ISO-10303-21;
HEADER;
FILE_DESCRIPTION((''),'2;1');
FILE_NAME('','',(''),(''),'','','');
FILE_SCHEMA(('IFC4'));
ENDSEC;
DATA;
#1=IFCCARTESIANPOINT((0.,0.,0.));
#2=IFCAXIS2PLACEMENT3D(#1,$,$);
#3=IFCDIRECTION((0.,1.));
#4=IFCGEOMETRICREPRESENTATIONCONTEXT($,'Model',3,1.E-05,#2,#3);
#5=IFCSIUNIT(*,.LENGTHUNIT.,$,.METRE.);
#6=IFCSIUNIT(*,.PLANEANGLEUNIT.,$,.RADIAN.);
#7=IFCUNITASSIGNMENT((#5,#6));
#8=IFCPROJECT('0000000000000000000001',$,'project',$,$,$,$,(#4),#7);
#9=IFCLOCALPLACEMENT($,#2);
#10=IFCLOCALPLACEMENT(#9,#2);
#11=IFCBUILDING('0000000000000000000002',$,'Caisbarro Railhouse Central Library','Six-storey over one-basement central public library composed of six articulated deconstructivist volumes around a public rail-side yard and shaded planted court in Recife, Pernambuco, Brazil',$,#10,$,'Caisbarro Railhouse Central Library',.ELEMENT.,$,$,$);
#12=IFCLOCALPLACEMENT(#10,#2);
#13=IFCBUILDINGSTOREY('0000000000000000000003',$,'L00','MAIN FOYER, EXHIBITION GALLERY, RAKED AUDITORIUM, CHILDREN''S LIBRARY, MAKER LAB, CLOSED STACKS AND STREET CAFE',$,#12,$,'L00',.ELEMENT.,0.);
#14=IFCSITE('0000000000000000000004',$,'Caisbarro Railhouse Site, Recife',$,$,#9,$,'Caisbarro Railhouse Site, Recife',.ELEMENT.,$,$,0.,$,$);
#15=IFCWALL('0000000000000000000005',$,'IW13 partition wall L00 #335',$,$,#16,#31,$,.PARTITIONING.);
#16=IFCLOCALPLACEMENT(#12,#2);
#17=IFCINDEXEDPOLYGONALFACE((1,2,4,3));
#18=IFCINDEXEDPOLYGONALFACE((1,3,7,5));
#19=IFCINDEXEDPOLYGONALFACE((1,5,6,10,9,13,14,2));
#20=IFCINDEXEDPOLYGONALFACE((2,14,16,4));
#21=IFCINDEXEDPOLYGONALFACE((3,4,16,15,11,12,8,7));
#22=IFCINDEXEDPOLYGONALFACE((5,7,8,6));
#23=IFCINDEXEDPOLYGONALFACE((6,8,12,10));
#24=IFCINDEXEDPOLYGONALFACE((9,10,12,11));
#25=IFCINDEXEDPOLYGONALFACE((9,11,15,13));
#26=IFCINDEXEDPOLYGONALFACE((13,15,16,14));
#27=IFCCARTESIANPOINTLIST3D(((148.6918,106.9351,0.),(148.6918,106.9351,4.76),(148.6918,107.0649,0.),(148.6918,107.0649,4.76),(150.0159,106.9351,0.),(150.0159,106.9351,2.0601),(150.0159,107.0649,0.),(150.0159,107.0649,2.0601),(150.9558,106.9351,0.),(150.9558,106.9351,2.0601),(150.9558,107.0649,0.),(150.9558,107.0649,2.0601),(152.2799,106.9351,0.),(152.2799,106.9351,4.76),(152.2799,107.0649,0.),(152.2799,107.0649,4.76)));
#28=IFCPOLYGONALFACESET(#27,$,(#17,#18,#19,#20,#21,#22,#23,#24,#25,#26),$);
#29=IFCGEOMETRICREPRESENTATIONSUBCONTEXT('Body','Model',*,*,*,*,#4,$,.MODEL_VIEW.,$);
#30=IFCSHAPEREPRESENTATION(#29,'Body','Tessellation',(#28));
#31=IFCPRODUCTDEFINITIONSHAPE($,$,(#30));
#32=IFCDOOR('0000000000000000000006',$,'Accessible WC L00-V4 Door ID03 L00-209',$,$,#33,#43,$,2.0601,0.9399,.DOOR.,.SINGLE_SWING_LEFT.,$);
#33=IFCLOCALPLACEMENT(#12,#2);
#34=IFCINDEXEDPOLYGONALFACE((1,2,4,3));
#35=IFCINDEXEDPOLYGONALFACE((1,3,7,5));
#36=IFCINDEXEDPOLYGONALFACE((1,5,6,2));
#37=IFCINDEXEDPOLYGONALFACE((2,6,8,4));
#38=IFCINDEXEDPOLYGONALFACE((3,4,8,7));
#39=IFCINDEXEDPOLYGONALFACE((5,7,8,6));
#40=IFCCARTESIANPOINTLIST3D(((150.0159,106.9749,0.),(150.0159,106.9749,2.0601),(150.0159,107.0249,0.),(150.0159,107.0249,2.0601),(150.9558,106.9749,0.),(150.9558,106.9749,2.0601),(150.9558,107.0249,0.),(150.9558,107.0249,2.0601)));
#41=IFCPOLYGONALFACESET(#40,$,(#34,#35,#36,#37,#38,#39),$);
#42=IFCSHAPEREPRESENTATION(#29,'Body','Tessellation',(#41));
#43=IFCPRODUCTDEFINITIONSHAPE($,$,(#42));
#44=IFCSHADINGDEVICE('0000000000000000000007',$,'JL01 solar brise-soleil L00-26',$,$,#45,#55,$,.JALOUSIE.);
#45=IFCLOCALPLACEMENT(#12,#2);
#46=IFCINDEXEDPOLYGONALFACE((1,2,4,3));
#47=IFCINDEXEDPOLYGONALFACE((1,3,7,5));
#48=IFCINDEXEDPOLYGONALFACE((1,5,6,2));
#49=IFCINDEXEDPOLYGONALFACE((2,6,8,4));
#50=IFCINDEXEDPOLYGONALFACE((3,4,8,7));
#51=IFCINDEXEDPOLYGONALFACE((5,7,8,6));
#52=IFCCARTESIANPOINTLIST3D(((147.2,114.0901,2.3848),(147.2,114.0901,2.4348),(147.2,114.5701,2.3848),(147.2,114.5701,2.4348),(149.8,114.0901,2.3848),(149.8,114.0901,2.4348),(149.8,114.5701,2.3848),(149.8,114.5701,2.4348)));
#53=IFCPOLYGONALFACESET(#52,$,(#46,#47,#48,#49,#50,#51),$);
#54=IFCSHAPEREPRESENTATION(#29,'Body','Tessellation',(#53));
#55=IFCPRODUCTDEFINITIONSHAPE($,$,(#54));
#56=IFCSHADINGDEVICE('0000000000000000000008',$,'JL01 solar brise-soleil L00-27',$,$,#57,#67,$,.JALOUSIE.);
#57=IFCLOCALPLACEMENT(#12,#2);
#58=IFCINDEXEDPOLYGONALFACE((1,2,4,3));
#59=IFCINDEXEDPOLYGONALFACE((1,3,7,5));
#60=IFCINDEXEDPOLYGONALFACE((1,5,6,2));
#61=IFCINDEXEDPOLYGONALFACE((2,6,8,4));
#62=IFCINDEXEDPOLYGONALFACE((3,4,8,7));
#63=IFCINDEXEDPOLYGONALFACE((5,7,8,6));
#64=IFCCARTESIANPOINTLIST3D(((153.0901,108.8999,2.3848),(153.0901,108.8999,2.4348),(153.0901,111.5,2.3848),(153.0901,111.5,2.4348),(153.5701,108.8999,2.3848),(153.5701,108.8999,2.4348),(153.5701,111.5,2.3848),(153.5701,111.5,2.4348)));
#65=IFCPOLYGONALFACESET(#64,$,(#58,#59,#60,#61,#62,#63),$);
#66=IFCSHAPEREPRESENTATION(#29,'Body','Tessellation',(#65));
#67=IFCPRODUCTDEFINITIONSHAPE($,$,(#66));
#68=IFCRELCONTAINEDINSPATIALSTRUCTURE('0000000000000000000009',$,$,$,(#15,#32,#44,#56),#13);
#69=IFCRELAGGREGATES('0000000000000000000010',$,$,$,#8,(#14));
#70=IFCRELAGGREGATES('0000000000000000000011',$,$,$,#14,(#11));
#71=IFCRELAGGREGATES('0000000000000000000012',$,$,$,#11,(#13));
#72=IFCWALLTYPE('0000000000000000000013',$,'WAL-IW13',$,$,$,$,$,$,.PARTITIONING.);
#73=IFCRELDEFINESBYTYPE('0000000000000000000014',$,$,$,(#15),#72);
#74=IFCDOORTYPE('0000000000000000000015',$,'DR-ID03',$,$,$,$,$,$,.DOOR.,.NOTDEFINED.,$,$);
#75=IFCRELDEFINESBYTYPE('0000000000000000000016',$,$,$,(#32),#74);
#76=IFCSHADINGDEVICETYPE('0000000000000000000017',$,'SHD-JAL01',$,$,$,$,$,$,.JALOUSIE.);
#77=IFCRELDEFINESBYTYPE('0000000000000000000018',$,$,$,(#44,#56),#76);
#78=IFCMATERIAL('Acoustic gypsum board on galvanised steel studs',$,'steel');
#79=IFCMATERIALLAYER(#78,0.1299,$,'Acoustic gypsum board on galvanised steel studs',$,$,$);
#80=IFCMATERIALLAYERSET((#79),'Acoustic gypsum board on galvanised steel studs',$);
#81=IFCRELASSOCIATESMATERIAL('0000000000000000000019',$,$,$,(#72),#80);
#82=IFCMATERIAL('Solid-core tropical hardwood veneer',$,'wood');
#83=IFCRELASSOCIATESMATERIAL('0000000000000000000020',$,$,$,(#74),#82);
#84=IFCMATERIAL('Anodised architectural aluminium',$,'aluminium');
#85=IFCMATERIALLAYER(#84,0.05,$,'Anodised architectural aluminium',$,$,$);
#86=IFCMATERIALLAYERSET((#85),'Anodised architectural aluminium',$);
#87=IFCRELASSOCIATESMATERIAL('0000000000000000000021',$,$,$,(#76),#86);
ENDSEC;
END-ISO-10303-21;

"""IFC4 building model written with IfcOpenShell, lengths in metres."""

from ifc_helpers import new_model, si_unit, direction, frame, frame_2d, origin, origin_2d, place, context, subcontext, project, spatial, rectangle, extrude, material, layer, layer_set, type_object, element, fill, save


model = new_model("IFC4")

# Units and contexts
model_context = context("Model", 3, precision=1e-05, world=origin(), true_north=direction((0.0, 1.0)))
body_context = subcontext(model_context, "Body", "Model", "MODEL_VIEW")
ifc_project = project(units=[si_unit("LENGTHUNIT", "METRE"), si_unit("PLANEANGLEUNIT", "RADIAN")], contexts=[model_context])

# Site, building, storey
site_placement = place(None, origin())
site = spatial("IfcSite", under=ifc_project, at=site_placement, Name="Caisbarro Railhouse Site, Recife", LongName="Caisbarro Railhouse Site, Recife", CompositionType="ELEMENT", RefElevation=0.0)
building_placement = place(site_placement, origin())
building = spatial("IfcBuilding", under=site, at=building_placement, Name="Caisbarro Railhouse Central Library", Description="Six-storey over one-basement central public library composed of six articulated deconstructivist volumes around a public rail-side yard and shaded planted court in Recife, Pernambuco, Brazil", LongName="Caisbarro Railhouse Central Library", CompositionType="ELEMENT")
storey_placement = place(building_placement, origin())
storey = spatial("IfcBuildingStorey", under=building, at=storey_placement, Name="L00", Description="MAIN FOYER, EXHIBITION GALLERY, RAKED AUDITORIUM, CHILDREN'S LIBRARY, MAKER LAB, CLOSED STACKS AND STREET CAFE", LongName="L00", CompositionType="ELEMENT", Elevation=0.0)

# Shared definitions
ifc_material_1 = material(Name="Anodised architectural aluminium", Category="aluminium")

# Shared definitions
ifc_material_2 = material(Name="Acoustic gypsum board on galvanised steel studs", Category="steel")

# Wall, opening, door
ifc_layer_1 = layer(ifc_material_2, 0.1299, Name="Acoustic gypsum board on galvanised steel studs")
ifc_layer_set_1 = layer_set([ifc_layer_1], Name="Acoustic gypsum board on galvanised steel studs")
wall_type_1 = type_object("IfcWallType", Name="WAL-IW13", PredefinedType="PARTITIONING", material=ifc_layer_set_1)
wall_1_placement = place(storey_placement, frame((148.6919, 107.0, 0.0), z_axis=(0.0, 0.0, 1.0), x_axis=(1.0, 0.0, 0.0)))
wall_1 = element("IfcWall", 1, at=wall_1_placement, inside=storey, type_object=wall_type_1, Name="IW13 partition wall L00 #335", PredefinedType="PARTITIONING", context=body_context, shape_type="SweptSolid", body=[
    extrude(rectangle(XDim=3.5881, YDim=0.1299, at=frame_2d((1.7939, 0.0))), origin(), (0.0, 0.0, 1.0), 4.76),
])
opening_1_placement = place(wall_1_placement, frame((1.324, 0.0, 0.0)))
opening_1 = element("IfcOpeningElement", 2, at=opening_1_placement, cuts=wall_1, PredefinedType="OPENING", context=body_context, shape_type="SweptSolid", body=[
    extrude(rectangle(XDim=0.9399, YDim=2.0601, at=frame_2d((0.47, 1.03))), frame((0.0, 0.075, 0.0), z_axis=(0.0, -1.0, 0.0), x_axis=(1.0, 0.0, 0.0)), (0.0, 0.0, 1.0), 0.1499),
])
ifc_material_3 = material(Name="Solid-core tropical hardwood veneer", Category="wood")
door_type = type_object("IfcDoorType", Name="DR-ID03", OperationType="NOTDEFINED", PredefinedType="DOOR", material=ifc_material_3)
door_placement = place(opening_1_placement, origin())
door = element("IfcDoor", 3, at=door_placement, inside=storey, type_object=door_type, Name="Accessible WC L00-V4 Door ID03 L00-209", OperationType="SINGLE_SWING_LEFT", OverallHeight=2.0601, OverallWidth=0.9399, PredefinedType="DOOR", context=body_context, shape_type="SweptSolid", body=[
    extrude(rectangle(XDim=0.9399, YDim=2.0601, at=frame_2d((0.47, 1.03))), frame((0.0, 0.0249, 0.0), z_axis=(0.0, -1.0, 0.0), x_axis=(1.0, 0.0, 0.0)), (0.0, 0.0, 1.0), 0.05),
])
fill(opening_1, door)

# Shading devices
ifc_layer_2 = layer(ifc_material_1, 0.05, Name="Anodised architectural aluminium")
ifc_layer_set_2 = layer_set([ifc_layer_2], Name="Anodised architectural aluminium")
shading_device_type = type_object("IfcShadingDeviceType", Name="SHD-JAL01", PredefinedType="JALOUSIE", material=ifc_layer_set_2)
for number, where, z_axis, x_axis, name in (
    (4, (148.5, 114.3301, 2.3848), (0.0, 0.0, 1.0), (1.0, 0.0, 0.0), "JL01 solar brise-soleil L00-26"),
    (5, (153.3301, 110.2, 2.3848), (0.0, 0.0, 1.0), (0.0, 1.0, 0.0), "JL01 solar brise-soleil L00-27"),
):
    element("IfcShadingDevice", number, at=place(storey_placement, frame(where, z_axis=z_axis, x_axis=x_axis)), inside=storey, type_object=shading_device_type, Name=name, PredefinedType="JALOUSIE", context=body_context, shape_type="SweptSolid", body=[
        extrude(rectangle(XDim=2.6001, YDim=0.48, at=origin_2d()), origin(), (0.0, 0.0, 1.0), 0.05),
    ])

save(model, "model.ifc")
